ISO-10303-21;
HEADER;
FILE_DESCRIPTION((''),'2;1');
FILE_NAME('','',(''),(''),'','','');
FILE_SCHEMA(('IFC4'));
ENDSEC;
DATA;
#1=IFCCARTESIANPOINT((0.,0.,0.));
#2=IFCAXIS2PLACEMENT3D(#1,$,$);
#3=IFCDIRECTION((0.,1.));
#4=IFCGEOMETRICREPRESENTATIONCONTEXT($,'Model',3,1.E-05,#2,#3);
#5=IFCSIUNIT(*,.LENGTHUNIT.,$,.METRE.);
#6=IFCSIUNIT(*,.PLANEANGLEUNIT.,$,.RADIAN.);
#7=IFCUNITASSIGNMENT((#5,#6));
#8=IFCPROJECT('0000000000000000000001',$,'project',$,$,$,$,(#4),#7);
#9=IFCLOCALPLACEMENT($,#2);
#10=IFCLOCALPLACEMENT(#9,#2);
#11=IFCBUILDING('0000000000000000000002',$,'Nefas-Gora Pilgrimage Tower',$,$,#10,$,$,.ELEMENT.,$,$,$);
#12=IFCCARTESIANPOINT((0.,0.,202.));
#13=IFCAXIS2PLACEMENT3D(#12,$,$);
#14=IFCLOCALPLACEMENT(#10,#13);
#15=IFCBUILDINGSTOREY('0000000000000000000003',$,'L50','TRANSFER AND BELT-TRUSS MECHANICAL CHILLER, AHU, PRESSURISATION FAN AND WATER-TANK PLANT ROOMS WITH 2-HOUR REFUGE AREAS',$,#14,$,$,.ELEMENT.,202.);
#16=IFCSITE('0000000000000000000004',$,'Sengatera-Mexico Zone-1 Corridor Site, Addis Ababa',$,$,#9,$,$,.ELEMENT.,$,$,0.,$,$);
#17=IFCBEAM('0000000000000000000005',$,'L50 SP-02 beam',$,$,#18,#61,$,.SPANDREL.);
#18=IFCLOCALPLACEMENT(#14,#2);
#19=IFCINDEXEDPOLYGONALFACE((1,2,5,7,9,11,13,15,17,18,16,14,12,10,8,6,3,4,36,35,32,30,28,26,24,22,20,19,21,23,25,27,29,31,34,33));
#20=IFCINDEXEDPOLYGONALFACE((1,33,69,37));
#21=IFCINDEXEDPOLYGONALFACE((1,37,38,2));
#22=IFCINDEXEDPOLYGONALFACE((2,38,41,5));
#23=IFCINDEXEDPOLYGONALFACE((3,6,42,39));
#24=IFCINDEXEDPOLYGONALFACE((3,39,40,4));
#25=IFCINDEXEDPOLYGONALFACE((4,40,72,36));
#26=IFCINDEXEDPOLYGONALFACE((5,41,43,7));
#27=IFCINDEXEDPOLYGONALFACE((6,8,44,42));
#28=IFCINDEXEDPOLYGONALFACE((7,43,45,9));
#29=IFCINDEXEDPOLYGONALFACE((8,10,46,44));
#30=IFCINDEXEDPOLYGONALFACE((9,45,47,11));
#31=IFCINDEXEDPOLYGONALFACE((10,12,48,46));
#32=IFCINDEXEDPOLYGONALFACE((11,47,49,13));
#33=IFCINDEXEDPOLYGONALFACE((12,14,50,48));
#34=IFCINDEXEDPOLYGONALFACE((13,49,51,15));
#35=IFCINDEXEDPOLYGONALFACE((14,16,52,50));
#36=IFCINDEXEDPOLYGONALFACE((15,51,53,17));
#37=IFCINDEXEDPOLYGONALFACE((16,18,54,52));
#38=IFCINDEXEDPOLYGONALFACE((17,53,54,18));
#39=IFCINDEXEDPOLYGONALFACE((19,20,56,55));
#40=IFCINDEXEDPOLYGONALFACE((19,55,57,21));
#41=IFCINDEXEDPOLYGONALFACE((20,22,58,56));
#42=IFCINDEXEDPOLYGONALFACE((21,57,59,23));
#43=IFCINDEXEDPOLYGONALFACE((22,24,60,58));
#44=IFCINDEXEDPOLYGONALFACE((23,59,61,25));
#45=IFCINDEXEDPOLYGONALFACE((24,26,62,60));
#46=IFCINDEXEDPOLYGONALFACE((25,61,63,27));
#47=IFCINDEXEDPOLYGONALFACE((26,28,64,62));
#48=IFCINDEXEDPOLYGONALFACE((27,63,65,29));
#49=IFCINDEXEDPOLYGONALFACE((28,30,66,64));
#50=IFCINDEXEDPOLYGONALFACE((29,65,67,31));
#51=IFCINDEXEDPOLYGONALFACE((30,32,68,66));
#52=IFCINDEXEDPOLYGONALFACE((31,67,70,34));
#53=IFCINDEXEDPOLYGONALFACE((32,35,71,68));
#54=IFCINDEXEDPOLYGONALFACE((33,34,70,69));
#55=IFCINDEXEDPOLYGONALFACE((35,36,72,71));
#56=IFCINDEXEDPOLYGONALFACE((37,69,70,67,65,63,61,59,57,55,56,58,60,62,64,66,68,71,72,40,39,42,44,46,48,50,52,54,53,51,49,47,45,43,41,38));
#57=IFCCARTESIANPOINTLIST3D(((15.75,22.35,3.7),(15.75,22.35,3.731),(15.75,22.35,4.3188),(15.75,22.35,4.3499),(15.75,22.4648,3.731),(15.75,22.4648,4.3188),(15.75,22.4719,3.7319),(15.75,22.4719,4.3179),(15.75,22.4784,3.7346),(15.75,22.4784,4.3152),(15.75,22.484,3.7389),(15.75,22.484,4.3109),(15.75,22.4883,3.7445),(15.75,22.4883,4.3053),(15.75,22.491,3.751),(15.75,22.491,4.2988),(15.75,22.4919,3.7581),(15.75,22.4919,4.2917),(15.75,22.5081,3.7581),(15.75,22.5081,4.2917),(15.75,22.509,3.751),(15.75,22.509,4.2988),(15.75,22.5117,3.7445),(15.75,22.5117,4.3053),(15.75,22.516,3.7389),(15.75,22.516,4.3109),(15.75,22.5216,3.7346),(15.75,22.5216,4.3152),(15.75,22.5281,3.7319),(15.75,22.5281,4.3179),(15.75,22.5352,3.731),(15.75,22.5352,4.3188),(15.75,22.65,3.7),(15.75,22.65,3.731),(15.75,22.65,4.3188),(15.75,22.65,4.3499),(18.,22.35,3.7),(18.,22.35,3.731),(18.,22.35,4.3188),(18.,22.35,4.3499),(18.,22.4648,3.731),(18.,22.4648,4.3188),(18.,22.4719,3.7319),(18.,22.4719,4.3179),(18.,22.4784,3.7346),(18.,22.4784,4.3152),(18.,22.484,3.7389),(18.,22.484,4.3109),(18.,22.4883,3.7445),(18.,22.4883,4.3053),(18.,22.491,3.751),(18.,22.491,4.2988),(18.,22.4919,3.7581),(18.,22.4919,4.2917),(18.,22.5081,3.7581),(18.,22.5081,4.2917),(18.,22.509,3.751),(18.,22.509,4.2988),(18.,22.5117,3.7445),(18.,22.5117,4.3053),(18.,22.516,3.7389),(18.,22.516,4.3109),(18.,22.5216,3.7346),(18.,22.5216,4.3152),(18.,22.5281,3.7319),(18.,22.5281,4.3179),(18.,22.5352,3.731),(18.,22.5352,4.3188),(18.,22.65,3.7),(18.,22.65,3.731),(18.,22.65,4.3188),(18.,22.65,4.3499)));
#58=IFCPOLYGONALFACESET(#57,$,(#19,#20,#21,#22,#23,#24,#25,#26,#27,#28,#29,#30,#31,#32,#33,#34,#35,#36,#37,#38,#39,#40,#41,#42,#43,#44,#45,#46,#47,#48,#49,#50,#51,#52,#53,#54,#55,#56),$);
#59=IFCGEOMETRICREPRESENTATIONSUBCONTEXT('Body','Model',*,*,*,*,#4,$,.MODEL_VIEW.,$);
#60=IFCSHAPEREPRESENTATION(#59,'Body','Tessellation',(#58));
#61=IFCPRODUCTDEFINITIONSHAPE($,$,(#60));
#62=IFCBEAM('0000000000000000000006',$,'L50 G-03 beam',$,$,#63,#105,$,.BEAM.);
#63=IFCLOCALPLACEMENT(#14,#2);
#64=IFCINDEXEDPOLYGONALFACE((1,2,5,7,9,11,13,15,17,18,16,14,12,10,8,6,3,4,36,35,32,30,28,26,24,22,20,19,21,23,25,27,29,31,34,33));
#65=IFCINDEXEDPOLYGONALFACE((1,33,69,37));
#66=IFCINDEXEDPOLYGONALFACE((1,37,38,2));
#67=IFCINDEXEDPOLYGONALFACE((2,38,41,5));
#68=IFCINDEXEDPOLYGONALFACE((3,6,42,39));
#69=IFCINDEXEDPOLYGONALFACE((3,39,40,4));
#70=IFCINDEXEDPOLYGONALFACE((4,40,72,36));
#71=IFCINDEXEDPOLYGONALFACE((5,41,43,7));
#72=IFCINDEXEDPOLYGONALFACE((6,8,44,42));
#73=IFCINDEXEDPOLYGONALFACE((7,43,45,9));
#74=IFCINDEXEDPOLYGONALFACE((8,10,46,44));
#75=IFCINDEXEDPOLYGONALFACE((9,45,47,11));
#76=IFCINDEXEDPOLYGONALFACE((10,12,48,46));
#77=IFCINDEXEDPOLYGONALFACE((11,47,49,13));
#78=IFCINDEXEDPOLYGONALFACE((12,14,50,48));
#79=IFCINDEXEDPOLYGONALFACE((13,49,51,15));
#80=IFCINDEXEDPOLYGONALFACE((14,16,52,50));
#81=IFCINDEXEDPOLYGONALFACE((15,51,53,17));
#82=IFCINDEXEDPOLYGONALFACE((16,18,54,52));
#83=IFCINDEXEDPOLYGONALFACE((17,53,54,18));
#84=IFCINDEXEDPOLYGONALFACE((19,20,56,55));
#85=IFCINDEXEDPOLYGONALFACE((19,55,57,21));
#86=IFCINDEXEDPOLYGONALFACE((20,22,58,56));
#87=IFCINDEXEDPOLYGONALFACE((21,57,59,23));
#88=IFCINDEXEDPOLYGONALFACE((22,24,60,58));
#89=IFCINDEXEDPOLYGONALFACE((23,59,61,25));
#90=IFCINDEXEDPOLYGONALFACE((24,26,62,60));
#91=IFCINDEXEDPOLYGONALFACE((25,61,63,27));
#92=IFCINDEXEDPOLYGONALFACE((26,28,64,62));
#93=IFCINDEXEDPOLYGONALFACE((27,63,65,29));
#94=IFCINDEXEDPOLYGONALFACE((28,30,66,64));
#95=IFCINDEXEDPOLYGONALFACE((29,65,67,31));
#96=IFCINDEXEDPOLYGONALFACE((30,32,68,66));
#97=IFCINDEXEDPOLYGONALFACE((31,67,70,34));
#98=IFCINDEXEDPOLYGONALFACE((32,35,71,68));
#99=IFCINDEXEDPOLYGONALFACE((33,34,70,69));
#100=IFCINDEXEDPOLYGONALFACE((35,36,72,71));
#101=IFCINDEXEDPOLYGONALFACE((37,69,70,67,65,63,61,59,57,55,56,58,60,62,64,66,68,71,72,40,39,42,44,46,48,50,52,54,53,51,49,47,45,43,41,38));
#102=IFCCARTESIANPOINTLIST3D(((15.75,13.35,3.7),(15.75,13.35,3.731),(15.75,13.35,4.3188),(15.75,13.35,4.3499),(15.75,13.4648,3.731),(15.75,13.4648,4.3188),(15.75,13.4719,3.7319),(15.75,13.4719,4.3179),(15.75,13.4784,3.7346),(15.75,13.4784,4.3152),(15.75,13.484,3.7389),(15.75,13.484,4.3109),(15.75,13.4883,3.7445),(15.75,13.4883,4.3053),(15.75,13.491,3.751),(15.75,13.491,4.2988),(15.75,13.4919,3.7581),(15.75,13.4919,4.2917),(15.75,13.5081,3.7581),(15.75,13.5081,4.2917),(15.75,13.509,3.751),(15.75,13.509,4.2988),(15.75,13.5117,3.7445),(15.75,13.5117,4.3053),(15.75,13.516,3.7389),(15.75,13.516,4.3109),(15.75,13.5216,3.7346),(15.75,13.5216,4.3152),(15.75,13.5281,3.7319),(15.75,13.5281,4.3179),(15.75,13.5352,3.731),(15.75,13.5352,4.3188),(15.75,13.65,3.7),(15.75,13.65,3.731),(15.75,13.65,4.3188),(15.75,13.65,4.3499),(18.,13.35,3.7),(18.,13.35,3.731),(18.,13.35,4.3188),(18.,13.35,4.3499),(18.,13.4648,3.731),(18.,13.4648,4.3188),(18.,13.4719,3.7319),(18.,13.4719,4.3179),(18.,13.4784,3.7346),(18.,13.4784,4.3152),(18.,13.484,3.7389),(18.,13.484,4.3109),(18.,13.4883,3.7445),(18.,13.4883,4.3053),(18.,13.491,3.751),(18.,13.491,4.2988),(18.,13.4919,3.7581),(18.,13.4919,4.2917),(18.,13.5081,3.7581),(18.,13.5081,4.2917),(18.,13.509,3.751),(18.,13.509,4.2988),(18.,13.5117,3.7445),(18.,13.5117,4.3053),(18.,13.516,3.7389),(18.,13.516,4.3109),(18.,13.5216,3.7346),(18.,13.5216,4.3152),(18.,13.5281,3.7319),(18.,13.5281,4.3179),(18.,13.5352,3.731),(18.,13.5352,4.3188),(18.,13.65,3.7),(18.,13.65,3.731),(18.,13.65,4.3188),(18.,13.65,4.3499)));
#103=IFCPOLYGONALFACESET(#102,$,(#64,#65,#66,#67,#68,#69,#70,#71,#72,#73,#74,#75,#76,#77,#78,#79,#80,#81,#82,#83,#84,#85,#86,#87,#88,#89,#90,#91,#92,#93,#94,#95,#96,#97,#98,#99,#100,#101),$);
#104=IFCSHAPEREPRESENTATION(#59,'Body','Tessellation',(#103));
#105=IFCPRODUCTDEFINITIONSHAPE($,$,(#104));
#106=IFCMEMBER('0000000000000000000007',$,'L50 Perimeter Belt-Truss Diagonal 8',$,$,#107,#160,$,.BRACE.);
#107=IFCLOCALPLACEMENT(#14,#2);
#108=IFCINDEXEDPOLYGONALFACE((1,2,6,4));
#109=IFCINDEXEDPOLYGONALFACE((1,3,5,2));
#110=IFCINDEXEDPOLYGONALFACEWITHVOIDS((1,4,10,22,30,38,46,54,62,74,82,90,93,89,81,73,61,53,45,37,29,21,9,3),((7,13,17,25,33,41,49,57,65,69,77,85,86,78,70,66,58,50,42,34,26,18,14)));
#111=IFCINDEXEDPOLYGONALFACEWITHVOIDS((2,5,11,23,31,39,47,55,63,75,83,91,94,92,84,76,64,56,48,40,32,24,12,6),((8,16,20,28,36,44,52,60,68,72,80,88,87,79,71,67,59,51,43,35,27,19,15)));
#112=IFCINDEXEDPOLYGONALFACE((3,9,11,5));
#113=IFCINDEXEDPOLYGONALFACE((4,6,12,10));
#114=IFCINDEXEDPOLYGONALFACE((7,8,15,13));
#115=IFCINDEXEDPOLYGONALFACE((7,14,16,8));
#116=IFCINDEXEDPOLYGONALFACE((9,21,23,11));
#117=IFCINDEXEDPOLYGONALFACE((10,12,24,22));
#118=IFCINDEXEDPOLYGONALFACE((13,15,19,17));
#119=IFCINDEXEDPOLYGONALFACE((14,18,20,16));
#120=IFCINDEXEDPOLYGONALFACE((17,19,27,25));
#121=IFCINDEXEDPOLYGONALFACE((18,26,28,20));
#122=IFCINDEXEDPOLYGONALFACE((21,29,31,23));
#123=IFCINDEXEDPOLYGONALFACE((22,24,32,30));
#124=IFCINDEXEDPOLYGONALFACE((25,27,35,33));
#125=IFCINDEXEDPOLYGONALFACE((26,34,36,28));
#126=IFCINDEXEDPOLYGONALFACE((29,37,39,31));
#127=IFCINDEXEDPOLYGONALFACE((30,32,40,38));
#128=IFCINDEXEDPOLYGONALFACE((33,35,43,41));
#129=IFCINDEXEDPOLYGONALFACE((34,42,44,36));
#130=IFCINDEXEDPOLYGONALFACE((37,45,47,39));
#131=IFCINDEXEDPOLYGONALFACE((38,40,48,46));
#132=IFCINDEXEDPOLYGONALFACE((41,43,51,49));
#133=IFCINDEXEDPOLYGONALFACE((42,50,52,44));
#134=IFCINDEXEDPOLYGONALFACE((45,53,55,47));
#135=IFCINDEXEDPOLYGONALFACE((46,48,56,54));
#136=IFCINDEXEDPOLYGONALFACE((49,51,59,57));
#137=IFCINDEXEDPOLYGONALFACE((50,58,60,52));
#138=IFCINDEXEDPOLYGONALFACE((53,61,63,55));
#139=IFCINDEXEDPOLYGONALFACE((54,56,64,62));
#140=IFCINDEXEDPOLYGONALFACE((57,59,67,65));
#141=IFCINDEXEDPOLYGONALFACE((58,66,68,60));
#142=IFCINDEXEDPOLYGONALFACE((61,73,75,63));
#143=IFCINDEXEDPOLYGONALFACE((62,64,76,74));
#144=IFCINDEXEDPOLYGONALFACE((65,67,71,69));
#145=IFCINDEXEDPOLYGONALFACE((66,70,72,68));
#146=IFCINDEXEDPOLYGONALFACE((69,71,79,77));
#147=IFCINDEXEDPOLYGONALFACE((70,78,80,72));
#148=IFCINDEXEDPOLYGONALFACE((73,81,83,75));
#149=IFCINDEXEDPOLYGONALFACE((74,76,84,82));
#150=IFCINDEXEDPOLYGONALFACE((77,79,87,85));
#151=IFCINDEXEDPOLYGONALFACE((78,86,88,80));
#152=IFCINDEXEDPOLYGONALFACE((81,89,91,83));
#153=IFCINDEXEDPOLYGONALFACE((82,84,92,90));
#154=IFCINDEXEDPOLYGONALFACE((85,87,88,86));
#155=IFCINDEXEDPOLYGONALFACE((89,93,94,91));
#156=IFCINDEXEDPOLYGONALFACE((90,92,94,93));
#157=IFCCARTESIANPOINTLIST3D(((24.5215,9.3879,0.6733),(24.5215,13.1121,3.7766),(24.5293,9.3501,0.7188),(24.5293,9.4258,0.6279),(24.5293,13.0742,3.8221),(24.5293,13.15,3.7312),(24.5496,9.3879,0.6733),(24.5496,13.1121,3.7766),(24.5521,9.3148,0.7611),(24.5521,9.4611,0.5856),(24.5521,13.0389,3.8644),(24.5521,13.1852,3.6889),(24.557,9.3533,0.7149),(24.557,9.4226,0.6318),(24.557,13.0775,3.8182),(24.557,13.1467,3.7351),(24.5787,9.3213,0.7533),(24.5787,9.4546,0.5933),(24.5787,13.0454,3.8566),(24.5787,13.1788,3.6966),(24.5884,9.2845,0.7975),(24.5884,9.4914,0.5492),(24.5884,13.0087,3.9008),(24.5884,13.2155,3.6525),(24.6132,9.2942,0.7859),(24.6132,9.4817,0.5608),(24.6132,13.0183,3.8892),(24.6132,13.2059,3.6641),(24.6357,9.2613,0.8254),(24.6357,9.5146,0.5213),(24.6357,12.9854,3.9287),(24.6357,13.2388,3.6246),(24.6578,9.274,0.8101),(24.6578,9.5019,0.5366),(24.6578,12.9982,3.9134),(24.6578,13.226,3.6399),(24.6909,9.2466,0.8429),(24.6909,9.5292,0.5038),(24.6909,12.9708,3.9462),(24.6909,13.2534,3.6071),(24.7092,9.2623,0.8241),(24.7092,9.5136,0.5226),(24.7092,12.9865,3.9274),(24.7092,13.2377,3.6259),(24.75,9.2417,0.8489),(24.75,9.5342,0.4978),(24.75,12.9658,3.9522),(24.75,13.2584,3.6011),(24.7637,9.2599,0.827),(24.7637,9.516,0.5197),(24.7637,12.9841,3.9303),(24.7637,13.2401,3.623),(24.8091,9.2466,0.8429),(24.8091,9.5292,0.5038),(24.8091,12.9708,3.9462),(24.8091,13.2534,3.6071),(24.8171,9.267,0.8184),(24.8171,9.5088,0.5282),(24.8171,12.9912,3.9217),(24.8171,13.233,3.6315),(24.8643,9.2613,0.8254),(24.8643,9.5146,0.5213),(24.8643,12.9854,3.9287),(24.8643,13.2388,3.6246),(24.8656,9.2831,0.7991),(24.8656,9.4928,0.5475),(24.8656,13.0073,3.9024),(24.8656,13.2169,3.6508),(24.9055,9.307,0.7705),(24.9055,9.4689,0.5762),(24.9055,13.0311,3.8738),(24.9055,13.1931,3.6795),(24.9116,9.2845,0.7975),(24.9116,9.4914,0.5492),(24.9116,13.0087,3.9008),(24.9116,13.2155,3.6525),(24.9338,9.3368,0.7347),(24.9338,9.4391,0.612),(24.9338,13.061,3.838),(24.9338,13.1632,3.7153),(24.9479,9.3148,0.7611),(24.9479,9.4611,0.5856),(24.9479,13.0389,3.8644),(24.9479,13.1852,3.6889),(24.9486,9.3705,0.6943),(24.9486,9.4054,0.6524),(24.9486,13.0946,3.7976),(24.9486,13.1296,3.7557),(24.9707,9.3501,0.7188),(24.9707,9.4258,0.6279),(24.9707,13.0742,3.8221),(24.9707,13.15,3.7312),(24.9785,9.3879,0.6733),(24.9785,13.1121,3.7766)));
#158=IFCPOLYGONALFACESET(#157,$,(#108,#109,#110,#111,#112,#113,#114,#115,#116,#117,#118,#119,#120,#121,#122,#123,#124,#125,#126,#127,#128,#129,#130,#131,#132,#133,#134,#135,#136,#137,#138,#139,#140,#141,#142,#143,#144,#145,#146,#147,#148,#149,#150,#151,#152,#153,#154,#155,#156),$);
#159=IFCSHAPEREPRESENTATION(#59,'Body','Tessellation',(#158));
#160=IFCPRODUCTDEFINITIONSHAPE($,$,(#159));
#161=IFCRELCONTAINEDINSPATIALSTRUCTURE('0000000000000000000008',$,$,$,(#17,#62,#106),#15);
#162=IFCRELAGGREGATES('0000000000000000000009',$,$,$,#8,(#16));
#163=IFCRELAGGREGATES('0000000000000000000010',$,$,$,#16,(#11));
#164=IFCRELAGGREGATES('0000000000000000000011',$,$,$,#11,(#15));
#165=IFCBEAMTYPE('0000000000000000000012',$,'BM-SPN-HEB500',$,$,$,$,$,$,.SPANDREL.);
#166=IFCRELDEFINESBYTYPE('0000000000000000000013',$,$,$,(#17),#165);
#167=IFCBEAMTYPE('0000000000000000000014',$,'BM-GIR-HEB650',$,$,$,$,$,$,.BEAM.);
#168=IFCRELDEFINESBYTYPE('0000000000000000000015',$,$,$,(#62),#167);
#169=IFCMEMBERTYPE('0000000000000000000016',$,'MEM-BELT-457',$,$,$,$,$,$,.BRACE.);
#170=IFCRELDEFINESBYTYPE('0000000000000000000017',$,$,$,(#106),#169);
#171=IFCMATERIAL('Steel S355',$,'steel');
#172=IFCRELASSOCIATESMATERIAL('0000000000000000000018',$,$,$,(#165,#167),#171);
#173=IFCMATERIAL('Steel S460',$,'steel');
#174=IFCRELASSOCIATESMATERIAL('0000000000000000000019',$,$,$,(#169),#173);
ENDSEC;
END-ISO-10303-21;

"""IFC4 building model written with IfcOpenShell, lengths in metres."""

from ifc_helpers import new_model, si_unit, direction, frame, origin, origin_2d, place, context, subcontext, project, spatial, hollow_circle, i_section, extrude, source, transform, mapped, material, material_profile, profile_set, type_object, element, save


model = new_model("IFC4")

# Units and contexts
model_context = context("Model", 3, precision=1e-05, world=origin(), true_north=direction((0.0, 1.0)))
body_context = subcontext(model_context, "Body", "Model", "MODEL_VIEW")
ifc_project = project(units=[si_unit("LENGTHUNIT", "METRE"), si_unit("PLANEANGLEUNIT", "RADIAN")], contexts=[model_context])

# Site, building, storey
site_placement = place(None, origin())
site = spatial("IfcSite", under=ifc_project, at=site_placement, Name="Sengatera-Mexico Zone-1 Corridor Site, Addis Ababa", CompositionType="ELEMENT", RefElevation=0.0)
building_placement = place(site_placement, origin())
building = spatial("IfcBuilding", under=site, at=building_placement, Name="Nefas-Gora Pilgrimage Tower", CompositionType="ELEMENT")
storey_placement = place(building_placement, frame((0.0, 0.0, 202.0)))
storey = spatial("IfcBuildingStorey", under=building, at=storey_placement, Name="L50", Description="TRANSFER AND BELT-TRUSS MECHANICAL CHILLER, AHU, PRESSURISATION FAN AND WATER-TANK PLANT ROOMS WITH 2-HOUR REFUGE AREAS", CompositionType="ELEMENT", Elevation=202.0)

# Shared definitions
ifc_material_1 = material(Name="Steel S460", Category="steel")

# Beams
ifc_material_2 = material(Name="Steel S355", Category="steel")
ifc_material_profile_1 = material_profile(ifc_material_2, i_section(OverallWidth=0.3, OverallDepth=0.6499, WebThickness=0.0161, FlangeThickness=0.031, FilletRadius=0.0271, at=origin_2d()), Name="HEB 650")
ifc_profile_set_1 = profile_set([ifc_material_profile_1], Name="Steel S355")
beam_type_1 = type_object("IfcBeamType", Name="BM-SPN-HEB500", PredefinedType="SPANDREL", material=ifc_profile_set_1)
ifc_material_profile_2 = material_profile(ifc_material_2, i_section(OverallWidth=0.3, OverallDepth=0.6499, WebThickness=0.0161, FlangeThickness=0.031, FilletRadius=0.0271, at=origin_2d()), Name="HEB 650")
ifc_profile_set_2 = profile_set([ifc_material_profile_2], Name="Steel S355")
beam_type_2 = type_object("IfcBeamType", Name="BM-GIR-HEB650", PredefinedType="BEAM", material=ifc_profile_set_2)
shared_shape_1 = source(origin(), body_context, "Body", "SweptSolid", [
    extrude(i_section(OverallWidth=0.3, OverallDepth=0.6499, WebThickness=0.0161, FlangeThickness=0.031, FilletRadius=0.0271, at=origin_2d()), origin(), (0.0, 0.0, 1.0), 2.25),
])
beam_1_placement = place(storey_placement, frame((15.75, 22.5, 4.0249), z_axis=(1.0, 0.0, 0.0), x_axis=(0.0, 1.0, 0.0)))
element("IfcBeam", 1, at=beam_1_placement, inside=storey, type_object=beam_type_1, Name="L50 SP-02 beam", PredefinedType="SPANDREL", context=body_context, shape_type="MappedRepresentation", body=[
    mapped(shared_shape_1, transform((0.0, 0.0, 0.0), x_axis=(1.0, 0.0, 0.0), y_axis=(0.0, 1.0, 0.0), z_axis=(0.0, 0.0, 1.0), scale=1.0)),
])
shared_shape_2 = source(origin(), body_context, "Body", "SweptSolid", [
    extrude(i_section(OverallWidth=0.3, OverallDepth=0.6499, WebThickness=0.0161, FlangeThickness=0.031, FilletRadius=0.0271, at=origin_2d()), origin(), (0.0, 0.0, 1.0), 2.25),
])
beam_2_placement = place(storey_placement, frame((15.75, 13.5, 4.0249), z_axis=(1.0, 0.0, 0.0), x_axis=(0.0, 1.0, 0.0)))
element("IfcBeam", 2, at=beam_2_placement, inside=storey, type_object=beam_type_2, Name="L50 G-03 beam", PredefinedType="BEAM", context=body_context, shape_type="MappedRepresentation", body=[
    mapped(shared_shape_2, transform((0.0, 0.0, 0.0), x_axis=(1.0, 0.0, 0.0), y_axis=(0.0, 1.0, 0.0), z_axis=(0.0, 0.0, 1.0), scale=1.0)),
])

# Member
ifc_material_profile_3 = material_profile(ifc_material_1, hollow_circle(Radius=0.2285, WallThickness=0.0281, at=origin_2d()), Name="CHS 457x28")
ifc_profile_set_3 = profile_set([ifc_material_profile_3], Name="Steel S460")
member_type_1 = type_object("IfcMemberType", Name="MEM-BELT-457", PredefinedType="BRACE", material=ifc_profile_set_3)
shared_shape_3 = source(origin(), body_context, "Body", "SweptSolid", [
    extrude(hollow_circle(Radius=0.2285, WallThickness=0.0281, at=origin_2d()), origin(), (0.0, 0.0, 1.0), 4.8477),
])
member_1_placement = place(storey_placement, frame((24.75, 9.3879, 0.6733), z_axis=(0.0, 0.768238, 0.640165), x_axis=(-1.0, 0.0, 0.0)))
element("IfcMember", 3, at=member_1_placement, inside=storey, type_object=member_type_1, Name="L50 Perimeter Belt-Truss Diagonal 8", PredefinedType="BRACE", context=body_context, shape_type="MappedRepresentation", body=[
    mapped(shared_shape_3, transform((0.0, 0.0, 0.0), x_axis=(1.0, 0.0, 0.0), y_axis=(0.0, 1.0, 0.0), z_axis=(0.0, 0.0, 1.0), scale=1.0)),
])

save(model, "model.ifc")
